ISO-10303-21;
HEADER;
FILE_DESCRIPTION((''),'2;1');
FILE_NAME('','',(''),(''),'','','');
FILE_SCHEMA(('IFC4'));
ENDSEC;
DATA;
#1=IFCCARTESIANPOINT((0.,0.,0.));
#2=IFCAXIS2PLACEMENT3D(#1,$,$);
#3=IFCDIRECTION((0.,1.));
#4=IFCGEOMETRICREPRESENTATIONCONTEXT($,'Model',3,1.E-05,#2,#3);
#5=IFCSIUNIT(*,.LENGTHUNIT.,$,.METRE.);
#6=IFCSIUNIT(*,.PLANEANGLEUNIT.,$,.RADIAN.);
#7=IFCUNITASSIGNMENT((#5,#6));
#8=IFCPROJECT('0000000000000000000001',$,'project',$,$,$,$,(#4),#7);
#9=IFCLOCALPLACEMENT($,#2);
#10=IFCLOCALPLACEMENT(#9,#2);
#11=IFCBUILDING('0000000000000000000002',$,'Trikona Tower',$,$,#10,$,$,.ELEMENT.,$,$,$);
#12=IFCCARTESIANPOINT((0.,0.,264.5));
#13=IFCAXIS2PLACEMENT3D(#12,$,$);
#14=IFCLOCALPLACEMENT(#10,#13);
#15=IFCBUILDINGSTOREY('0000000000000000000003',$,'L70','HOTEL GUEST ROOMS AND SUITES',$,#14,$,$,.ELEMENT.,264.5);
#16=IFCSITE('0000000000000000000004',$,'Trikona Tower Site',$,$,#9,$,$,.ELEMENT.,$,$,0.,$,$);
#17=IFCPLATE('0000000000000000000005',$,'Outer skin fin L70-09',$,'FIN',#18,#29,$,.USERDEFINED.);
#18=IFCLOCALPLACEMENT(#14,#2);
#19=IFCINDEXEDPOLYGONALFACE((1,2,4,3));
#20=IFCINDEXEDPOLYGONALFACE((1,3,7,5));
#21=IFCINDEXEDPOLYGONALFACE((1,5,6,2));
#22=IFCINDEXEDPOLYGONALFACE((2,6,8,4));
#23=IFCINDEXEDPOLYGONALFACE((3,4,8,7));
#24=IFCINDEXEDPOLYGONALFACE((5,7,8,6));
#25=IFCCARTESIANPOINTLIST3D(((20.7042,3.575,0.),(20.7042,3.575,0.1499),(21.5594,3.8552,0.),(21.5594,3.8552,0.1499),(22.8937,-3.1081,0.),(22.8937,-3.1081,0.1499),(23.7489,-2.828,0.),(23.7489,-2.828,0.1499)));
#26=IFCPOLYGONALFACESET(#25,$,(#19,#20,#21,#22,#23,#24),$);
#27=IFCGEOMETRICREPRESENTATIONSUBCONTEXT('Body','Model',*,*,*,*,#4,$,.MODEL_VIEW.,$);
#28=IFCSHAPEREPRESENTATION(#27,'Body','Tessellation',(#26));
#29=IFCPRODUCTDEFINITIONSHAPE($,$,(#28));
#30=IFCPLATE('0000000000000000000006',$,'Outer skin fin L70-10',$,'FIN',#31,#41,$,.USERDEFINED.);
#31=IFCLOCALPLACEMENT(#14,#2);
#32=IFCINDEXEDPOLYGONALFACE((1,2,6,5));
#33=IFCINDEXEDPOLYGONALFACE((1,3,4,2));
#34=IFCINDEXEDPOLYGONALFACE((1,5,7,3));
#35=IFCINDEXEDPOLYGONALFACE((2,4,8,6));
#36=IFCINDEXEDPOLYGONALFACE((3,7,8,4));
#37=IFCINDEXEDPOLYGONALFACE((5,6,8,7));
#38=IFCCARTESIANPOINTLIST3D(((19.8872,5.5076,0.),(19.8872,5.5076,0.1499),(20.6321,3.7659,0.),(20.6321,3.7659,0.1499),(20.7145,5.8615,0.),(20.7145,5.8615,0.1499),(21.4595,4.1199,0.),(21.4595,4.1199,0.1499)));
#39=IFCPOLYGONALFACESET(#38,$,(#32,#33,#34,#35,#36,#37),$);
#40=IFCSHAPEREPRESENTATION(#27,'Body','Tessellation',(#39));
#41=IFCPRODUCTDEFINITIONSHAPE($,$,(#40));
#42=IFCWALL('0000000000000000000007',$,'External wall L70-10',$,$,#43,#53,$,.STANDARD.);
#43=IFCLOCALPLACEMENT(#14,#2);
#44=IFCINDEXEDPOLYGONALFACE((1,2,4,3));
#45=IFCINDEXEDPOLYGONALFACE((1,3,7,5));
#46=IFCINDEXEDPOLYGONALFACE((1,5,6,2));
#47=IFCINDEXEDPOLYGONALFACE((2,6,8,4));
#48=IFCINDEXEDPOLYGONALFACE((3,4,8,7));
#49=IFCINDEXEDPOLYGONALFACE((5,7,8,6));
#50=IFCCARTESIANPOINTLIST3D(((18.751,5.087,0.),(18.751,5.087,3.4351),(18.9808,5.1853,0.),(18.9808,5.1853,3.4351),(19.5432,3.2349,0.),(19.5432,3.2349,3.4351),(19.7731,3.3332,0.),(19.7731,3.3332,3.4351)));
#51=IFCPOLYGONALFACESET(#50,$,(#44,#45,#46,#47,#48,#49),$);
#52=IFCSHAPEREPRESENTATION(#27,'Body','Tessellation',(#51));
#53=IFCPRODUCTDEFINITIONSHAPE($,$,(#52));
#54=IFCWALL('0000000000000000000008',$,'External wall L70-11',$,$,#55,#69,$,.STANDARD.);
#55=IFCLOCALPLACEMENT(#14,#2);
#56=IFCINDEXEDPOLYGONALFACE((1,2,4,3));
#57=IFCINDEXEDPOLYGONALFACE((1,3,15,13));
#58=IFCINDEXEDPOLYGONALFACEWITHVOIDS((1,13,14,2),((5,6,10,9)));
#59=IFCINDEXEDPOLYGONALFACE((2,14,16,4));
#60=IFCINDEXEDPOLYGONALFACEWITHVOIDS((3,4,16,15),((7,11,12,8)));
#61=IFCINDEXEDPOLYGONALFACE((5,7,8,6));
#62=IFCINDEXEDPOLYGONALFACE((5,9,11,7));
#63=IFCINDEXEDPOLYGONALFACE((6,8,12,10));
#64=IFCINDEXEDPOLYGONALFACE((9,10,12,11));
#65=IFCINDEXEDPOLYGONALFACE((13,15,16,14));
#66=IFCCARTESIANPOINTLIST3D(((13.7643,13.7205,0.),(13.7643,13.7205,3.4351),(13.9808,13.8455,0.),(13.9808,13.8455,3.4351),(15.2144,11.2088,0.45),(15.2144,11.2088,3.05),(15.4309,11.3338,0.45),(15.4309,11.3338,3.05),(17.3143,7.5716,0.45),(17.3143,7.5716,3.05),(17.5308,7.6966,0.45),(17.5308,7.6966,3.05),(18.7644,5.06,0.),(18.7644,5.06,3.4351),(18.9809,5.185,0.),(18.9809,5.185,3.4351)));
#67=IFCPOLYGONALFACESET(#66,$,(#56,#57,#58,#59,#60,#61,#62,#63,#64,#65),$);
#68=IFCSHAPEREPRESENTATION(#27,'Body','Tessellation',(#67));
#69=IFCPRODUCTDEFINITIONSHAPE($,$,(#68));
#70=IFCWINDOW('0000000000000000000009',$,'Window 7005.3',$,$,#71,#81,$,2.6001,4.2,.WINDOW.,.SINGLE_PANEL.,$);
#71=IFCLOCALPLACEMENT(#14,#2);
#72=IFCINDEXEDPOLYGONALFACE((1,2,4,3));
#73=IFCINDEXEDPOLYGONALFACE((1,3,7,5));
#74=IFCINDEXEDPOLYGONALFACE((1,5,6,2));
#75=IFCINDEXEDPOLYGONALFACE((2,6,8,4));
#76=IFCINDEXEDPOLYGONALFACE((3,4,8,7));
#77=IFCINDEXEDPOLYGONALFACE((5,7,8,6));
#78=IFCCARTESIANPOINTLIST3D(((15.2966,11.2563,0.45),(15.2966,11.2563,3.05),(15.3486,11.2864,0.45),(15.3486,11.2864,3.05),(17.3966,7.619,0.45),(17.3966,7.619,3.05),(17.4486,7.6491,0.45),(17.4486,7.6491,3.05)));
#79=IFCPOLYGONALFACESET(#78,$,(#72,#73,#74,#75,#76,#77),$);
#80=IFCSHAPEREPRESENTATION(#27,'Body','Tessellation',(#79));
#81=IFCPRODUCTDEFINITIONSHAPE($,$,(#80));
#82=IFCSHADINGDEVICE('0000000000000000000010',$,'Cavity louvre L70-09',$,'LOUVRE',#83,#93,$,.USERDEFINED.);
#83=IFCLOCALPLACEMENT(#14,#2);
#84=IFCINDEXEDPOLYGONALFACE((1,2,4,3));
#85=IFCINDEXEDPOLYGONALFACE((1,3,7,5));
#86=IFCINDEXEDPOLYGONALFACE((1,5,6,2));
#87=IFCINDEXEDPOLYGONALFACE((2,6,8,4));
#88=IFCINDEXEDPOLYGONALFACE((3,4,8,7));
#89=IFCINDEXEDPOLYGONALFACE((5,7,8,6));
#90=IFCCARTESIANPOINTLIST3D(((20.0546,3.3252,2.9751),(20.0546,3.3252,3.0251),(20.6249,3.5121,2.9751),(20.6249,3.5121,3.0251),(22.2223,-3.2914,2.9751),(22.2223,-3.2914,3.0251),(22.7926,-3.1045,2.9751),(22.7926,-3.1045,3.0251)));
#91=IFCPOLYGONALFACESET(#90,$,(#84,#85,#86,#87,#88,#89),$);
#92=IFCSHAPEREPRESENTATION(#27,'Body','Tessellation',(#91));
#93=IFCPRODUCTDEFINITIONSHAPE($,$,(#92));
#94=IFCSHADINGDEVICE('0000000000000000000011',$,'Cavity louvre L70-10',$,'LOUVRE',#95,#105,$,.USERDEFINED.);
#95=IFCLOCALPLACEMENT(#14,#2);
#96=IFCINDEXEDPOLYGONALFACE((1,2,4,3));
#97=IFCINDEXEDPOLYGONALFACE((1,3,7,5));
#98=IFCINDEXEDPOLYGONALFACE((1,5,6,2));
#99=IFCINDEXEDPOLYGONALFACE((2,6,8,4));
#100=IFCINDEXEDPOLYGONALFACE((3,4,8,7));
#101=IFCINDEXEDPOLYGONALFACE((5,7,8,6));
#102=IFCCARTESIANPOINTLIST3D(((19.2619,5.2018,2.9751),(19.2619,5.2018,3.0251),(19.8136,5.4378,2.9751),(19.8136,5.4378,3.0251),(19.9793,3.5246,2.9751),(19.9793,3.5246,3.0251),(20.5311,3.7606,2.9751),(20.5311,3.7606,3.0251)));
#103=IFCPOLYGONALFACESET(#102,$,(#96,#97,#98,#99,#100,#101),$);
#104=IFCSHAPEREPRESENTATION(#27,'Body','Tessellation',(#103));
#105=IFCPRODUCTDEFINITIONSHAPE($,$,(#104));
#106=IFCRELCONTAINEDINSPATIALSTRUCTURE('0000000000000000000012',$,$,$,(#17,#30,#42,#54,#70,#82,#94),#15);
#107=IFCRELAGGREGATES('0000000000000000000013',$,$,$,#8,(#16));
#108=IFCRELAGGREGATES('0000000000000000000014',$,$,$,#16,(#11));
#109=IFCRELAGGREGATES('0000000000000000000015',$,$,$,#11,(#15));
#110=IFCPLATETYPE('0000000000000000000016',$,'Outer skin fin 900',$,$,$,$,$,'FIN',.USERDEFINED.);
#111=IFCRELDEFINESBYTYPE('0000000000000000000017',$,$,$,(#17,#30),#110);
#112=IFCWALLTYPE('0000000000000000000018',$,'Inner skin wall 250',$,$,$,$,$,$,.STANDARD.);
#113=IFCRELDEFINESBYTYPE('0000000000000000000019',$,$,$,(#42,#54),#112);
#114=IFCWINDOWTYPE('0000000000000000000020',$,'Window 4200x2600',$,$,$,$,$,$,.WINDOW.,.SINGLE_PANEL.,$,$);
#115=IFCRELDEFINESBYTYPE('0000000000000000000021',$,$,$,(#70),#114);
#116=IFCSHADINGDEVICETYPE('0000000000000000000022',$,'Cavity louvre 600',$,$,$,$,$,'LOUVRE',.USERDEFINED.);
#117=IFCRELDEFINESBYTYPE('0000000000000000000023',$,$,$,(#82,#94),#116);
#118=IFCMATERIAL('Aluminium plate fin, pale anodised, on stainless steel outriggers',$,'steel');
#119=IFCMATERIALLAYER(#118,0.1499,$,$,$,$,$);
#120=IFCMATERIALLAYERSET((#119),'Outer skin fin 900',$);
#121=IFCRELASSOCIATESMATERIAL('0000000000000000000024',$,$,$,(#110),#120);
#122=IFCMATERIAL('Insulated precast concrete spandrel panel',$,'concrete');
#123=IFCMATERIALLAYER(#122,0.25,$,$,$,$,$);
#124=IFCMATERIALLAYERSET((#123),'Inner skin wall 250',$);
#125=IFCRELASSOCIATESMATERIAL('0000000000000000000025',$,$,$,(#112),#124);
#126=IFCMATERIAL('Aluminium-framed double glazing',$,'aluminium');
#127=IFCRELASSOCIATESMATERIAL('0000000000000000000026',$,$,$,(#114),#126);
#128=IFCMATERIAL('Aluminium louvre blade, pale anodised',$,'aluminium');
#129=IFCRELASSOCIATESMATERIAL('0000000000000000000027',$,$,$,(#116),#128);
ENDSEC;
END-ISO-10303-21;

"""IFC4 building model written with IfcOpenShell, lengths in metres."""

from ifc_helpers import new_model, si_unit, direction, frame, frame_2d, origin, origin_2d, place, context, subcontext, project, spatial, rectangle, extrude, material, layer, layer_set, type_object, element, fill, save


model = new_model("IFC4")

# Units and contexts
model_context = context("Model", 3, precision=1e-05, world=origin(), true_north=direction((0.0, 1.0)))
body_context = subcontext(model_context, "Body", "Model", "MODEL_VIEW")
ifc_project = project(units=[si_unit("LENGTHUNIT", "METRE"), si_unit("PLANEANGLEUNIT", "RADIAN")], contexts=[model_context])

# Site, building, storey
site_placement = place(None, origin())
site = spatial("IfcSite", under=ifc_project, at=site_placement, Name="Trikona Tower Site", CompositionType="ELEMENT", RefElevation=0.0)
building_placement = place(site_placement, origin())
building = spatial("IfcBuilding", under=site, at=building_placement, Name="Trikona Tower", CompositionType="ELEMENT")
storey_placement = place(building_placement, frame((0.0, 0.0, 264.5)))
storey = spatial("IfcBuildingStorey", under=building, at=storey_placement, Name="L70", Description="HOTEL GUEST ROOMS AND SUITES", CompositionType="ELEMENT", Elevation=264.5)

# Plates
ifc_material_1 = material(Name="Aluminium plate fin, pale anodised, on stainless steel outriggers", Category="steel")
ifc_layer_1 = layer(ifc_material_1, 0.1499)
ifc_layer_set_1 = layer_set([ifc_layer_1], Name="Outer skin fin 900")
plate_type_1 = type_object("IfcPlateType", Name="Outer skin fin 900", ElementType="FIN", PredefinedType="USERDEFINED", material=ifc_layer_set_1)
plate_1_placement = place(storey_placement, frame((22.2266, 0.3735, 0.0), z_axis=(0.0, 0.0, 1.0), x_axis=(-0.311337, 0.9503, 0.0)))
element("IfcPlate", 1, at=plate_1_placement, inside=storey, type_object=plate_type_1, Name="Outer skin fin L70-09", ObjectType="FIN", PredefinedType="USERDEFINED", context=body_context, shape_type="SweptSolid", body=[
    extrude(rectangle(XDim=7.0327, YDim=0.8999, at=origin_2d()), origin(), (0.0, 0.0, 1.0), 0.1499),
])
plate_2_placement = place(storey_placement, frame((20.6733, 4.8137, 0.0), z_axis=(0.0, 0.0, 1.0), x_axis=(-0.393284, 0.919417, 0.0)))
element("IfcPlate", 2, at=plate_2_placement, inside=storey, type_object=plate_type_1, Name="Outer skin fin L70-10", ObjectType="FIN", PredefinedType="USERDEFINED", context=body_context, shape_type="SweptSolid", body=[
    extrude(rectangle(XDim=1.8943, YDim=0.8999, at=origin_2d()), origin(), (0.0, 0.0, 1.0), 0.1499),
])

# Wall
ifc_material_2 = material(Name="Insulated precast concrete spandrel panel", Category="concrete")
ifc_layer_2 = layer(ifc_material_2, 0.25)
ifc_layer_set_2 = layer_set([ifc_layer_2], Name="Inner skin wall 250")
wall_type = type_object("IfcWallType", Name="Inner skin wall 250", PredefinedType="STANDARD", material=ifc_layer_set_2)
wall_1_placement = place(storey_placement, frame((19.6582, 3.2839, 0.0), z_axis=(0.0, 0.0, 1.0), x_axis=(-0.39329, 0.919414, 0.0)))
element("IfcWall", 3, at=wall_1_placement, inside=storey, type_object=wall_type, Name="External wall L70-10", PredefinedType="STANDARD", context=body_context, shape_type="SweptSolid", body=[
    extrude(rectangle(XDim=2.0144, YDim=0.25, at=frame_2d((1.0073, 0.0))), origin(), (0.0, 0.0, 1.0), 3.4351),
])

# Wall, opening, window
wall_2_placement = place(storey_placement, frame((18.8726, 5.1226, 0.0), z_axis=(0.0, 0.0, 1.0), x_axis=(-0.499994, 0.866029, 0.0)))
wall_2 = element("IfcWall", 4, at=wall_2_placement, inside=storey, type_object=wall_type, Name="External wall L70-11", PredefinedType="STANDARD", context=body_context, shape_type="SweptSolid", body=[
    extrude(rectangle(XDim=10.0002, YDim=0.25, at=frame_2d((5.0, 0.0))), origin(), (0.0, 0.0, 1.0), 3.4351),
])
opening_placement = place(wall_2_placement, frame((2.8999, 0.0, 0.45)))
opening = element("IfcOpeningElement", 5, at=opening_placement, cuts=wall_2, PredefinedType="OPENING", context=body_context, shape_type="SweptSolid", body=[
    extrude(rectangle(XDim=4.2, YDim=2.6001, at=frame_2d((2.1001, 1.3))), frame((0.0, 0.135, 0.0), z_axis=(0.0, -1.0, 0.0), x_axis=(1.0, 0.0, 0.0)), (0.0, 0.0, 1.0), 0.27),
])
ifc_material_3 = material(Name="Aluminium-framed double glazing", Category="aluminium")
window_type = type_object("IfcWindowType", Name="Window 4200x2600", PartitioningType="SINGLE_PANEL", PredefinedType="WINDOW", material=ifc_material_3)
window_placement = place(opening_placement, origin())
window = element("IfcWindow", 6, at=window_placement, inside=storey, type_object=window_type, Name="Window 7005.3", OverallHeight=2.6001, OverallWidth=4.2, PartitioningType="SINGLE_PANEL", PredefinedType="WINDOW", context=body_context, shape_type="SweptSolid", body=[
    extrude(rectangle(XDim=4.2, YDim=2.6001, at=frame_2d((2.1001, 1.3))), frame((0.0, 0.03, 0.0), z_axis=(0.0, -1.0, 0.0), x_axis=(1.0, 0.0, 0.0)), (0.0, 0.0, 1.0), 0.0601),
])
fill(opening, window)

# Shading devices
ifc_material_4 = material(Name="Aluminium louvre blade, pale anodised", Category="aluminium")
shading_device_type = type_object("IfcShadingDeviceType", Name="Cavity louvre 600", ElementType="LOUVRE", PredefinedType="USERDEFINED", material=ifc_material_4)
shading_device_1_placement = place(storey_placement, frame((21.4236, 0.1104, 2.9751), z_axis=(0.0, 0.0, 1.0), x_axis=(-0.311337, 0.9503, 0.0)))
element("IfcShadingDevice", 7, at=shading_device_1_placement, inside=storey, type_object=shading_device_type, Name="Cavity louvre L70-09", ObjectType="LOUVRE", PredefinedType="USERDEFINED", context=body_context, shape_type="SweptSolid", body=[
    extrude(rectangle(XDim=6.9626, YDim=0.6001, at=origin_2d()), origin(), (0.0, 0.0, 1.0), 0.05),
])
shading_device_2_placement = place(storey_placement, frame((19.8965, 4.4812, 2.9751), z_axis=(0.0, 0.0, 1.0), x_axis=(-0.393284, 0.919417, 0.0)))
element("IfcShadingDevice", 8, at=shading_device_2_placement, inside=storey, type_object=shading_device_type, Name="Cavity louvre L70-10", ObjectType="LOUVRE", PredefinedType="USERDEFINED", context=body_context, shape_type="SweptSolid", body=[
    extrude(rectangle(XDim=1.8242, YDim=0.6001, at=origin_2d()), origin(), (0.0, 0.0, 1.0), 0.05),
])

save(model, "model.ifc")
